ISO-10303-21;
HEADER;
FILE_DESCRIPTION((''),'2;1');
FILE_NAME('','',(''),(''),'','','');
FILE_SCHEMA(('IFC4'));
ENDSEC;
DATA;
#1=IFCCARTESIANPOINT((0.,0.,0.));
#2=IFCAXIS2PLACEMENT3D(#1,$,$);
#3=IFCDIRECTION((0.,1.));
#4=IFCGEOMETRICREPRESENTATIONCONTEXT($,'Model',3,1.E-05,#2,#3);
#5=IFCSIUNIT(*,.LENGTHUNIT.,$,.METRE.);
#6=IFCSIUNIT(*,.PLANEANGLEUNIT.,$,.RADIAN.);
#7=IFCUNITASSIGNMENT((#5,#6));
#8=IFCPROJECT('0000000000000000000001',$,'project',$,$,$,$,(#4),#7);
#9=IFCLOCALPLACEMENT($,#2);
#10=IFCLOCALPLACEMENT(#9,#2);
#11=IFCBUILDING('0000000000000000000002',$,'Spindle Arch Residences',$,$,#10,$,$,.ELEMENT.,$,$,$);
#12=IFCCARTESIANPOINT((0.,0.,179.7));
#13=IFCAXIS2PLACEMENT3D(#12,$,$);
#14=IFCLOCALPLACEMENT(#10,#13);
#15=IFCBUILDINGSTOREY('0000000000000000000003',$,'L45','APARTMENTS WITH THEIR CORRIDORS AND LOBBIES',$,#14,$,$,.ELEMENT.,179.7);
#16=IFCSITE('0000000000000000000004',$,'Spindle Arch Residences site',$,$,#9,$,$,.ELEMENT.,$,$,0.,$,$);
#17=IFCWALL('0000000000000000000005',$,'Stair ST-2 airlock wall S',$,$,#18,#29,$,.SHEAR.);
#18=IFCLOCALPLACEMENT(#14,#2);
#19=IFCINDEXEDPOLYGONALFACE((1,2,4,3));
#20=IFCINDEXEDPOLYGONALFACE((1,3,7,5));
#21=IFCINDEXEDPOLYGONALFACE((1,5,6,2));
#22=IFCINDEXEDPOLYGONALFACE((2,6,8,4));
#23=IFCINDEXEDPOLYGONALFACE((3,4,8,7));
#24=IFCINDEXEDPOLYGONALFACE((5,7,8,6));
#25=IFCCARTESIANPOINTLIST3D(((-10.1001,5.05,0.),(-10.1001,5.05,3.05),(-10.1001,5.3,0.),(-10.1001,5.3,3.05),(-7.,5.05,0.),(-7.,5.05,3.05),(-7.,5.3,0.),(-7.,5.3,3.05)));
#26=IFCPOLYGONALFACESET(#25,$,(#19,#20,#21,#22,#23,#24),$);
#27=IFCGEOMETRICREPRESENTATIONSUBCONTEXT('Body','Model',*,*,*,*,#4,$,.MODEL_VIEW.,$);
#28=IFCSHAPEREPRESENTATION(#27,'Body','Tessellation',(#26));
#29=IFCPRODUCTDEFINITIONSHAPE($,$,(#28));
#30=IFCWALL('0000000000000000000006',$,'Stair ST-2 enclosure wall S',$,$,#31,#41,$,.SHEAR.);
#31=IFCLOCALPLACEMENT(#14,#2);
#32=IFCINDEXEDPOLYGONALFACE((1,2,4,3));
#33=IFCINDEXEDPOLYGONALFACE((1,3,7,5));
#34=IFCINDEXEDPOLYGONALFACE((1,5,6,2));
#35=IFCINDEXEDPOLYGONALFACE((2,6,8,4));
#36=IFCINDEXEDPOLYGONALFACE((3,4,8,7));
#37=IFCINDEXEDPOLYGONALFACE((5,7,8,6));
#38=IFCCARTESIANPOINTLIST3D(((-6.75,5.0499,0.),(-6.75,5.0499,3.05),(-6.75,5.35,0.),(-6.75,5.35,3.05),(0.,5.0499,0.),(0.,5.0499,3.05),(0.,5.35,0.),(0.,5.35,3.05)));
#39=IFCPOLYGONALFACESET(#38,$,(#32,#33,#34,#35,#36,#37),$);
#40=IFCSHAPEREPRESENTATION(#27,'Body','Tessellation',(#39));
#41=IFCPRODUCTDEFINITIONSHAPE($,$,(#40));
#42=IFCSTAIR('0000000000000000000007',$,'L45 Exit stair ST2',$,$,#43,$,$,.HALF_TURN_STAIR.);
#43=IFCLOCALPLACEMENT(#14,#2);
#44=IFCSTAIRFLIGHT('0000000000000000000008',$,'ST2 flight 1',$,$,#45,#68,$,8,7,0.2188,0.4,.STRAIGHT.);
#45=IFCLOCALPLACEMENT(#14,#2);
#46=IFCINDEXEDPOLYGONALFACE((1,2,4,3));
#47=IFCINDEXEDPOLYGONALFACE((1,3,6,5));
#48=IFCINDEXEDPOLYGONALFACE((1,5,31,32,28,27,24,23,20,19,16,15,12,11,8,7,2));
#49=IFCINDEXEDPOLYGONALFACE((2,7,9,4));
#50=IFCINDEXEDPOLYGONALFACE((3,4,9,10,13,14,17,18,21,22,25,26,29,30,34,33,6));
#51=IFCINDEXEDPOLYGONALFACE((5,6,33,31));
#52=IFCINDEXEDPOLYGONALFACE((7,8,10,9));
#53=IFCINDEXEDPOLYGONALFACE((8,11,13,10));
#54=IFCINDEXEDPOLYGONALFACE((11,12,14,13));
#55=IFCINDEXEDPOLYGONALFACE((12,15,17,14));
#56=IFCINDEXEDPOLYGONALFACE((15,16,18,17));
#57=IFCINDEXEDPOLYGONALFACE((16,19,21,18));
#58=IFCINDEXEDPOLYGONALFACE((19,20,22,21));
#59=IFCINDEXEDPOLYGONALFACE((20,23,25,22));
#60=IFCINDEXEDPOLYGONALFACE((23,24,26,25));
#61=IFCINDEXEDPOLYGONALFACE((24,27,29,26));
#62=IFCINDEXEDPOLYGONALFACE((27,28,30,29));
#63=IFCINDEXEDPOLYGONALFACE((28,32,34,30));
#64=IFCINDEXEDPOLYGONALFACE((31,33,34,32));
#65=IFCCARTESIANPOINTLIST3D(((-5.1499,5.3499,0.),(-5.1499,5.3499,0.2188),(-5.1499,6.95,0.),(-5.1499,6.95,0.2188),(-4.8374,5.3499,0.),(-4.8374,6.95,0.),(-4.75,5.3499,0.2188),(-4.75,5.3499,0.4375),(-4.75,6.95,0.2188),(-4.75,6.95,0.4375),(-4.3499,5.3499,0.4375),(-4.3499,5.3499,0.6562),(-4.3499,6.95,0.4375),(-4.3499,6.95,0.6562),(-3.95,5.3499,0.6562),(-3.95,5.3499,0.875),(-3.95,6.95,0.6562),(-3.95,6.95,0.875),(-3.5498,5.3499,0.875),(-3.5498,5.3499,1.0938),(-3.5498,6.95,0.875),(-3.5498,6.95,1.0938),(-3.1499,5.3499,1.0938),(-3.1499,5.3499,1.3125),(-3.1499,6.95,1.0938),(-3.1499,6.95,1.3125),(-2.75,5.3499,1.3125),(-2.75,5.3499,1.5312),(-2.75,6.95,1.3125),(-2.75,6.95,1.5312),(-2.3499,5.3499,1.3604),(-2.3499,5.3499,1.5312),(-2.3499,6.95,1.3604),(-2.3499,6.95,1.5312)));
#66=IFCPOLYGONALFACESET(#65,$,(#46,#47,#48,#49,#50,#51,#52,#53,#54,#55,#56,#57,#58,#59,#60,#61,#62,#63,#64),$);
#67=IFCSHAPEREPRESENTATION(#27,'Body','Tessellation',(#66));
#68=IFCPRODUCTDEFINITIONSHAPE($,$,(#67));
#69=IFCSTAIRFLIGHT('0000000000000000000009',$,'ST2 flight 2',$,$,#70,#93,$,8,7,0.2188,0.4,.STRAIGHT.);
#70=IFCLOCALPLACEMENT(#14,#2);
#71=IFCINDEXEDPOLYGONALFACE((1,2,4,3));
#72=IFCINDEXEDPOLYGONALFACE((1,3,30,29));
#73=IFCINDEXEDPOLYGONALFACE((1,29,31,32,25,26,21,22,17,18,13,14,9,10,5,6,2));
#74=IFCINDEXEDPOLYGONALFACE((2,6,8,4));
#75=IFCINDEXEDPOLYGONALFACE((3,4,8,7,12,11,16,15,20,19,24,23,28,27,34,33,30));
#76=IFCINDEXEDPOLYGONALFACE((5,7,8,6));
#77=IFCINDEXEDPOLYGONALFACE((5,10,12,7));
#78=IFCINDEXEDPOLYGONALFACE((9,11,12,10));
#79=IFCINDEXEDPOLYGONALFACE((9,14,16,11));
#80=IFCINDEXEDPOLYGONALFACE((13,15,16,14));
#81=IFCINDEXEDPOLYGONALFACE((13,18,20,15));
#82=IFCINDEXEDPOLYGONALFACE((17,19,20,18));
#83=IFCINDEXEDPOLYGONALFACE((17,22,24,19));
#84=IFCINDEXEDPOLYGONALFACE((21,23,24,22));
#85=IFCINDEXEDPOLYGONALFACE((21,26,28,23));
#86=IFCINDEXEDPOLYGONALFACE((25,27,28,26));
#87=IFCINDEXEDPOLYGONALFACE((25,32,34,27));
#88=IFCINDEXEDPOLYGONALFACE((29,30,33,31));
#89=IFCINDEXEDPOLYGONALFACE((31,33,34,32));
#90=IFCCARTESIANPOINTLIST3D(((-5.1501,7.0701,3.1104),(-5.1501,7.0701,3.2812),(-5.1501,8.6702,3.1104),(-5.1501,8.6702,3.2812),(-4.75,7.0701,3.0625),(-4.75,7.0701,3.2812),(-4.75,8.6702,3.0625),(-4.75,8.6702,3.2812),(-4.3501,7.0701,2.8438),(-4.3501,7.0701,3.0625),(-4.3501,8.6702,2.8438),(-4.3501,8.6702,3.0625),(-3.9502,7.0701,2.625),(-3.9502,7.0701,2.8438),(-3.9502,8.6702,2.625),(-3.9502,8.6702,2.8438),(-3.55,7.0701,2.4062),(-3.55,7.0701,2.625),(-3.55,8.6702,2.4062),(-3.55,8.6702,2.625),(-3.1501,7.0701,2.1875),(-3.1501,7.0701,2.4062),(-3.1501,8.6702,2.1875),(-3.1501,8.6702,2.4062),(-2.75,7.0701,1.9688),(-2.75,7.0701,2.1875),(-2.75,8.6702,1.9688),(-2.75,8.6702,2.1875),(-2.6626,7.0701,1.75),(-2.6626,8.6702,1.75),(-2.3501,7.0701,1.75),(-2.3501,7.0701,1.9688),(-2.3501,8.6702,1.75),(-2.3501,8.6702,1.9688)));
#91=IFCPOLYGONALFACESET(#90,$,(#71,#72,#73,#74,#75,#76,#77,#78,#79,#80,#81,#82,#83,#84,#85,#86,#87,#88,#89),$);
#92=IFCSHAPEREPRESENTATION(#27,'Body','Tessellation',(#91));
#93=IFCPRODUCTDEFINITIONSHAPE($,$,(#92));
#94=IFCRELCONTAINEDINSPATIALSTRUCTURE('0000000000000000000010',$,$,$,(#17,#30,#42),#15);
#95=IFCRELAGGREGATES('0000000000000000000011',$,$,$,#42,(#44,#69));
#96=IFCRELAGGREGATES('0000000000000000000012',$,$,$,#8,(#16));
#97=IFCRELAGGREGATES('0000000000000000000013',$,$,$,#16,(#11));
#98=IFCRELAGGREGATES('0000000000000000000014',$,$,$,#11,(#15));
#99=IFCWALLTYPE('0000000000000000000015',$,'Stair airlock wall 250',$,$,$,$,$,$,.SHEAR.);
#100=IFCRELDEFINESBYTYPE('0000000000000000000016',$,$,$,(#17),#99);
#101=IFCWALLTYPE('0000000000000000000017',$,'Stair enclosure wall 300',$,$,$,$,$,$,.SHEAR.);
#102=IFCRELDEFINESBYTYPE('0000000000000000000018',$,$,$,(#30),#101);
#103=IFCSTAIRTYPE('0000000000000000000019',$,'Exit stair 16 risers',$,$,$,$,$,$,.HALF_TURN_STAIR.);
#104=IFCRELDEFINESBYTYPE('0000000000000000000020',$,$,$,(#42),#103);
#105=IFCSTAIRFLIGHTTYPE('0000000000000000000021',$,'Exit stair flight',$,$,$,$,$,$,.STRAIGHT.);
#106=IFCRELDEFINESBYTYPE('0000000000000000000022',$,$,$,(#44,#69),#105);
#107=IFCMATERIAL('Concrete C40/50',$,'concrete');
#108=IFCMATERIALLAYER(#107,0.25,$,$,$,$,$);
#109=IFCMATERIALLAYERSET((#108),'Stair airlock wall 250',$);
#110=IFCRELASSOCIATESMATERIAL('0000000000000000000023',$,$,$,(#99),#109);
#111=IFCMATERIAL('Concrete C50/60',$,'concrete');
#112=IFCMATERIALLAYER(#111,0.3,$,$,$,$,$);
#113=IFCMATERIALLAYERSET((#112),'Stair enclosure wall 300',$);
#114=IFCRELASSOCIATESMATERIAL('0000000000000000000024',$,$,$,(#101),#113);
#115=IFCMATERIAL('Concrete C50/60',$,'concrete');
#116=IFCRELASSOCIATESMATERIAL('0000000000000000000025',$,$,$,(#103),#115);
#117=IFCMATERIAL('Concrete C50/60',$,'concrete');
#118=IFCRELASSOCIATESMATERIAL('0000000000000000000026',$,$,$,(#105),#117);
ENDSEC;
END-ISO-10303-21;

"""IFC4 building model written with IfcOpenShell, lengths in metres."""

from ifc_helpers import new_model, si_unit, direction, frame, frame_2d, origin, place, context, subcontext, project, spatial, polyline, rectangle, outline, extrude, material, layer, layer_set, type_object, element, aggregate, save


model = new_model("IFC4")

# Units and contexts
model_context = context("Model", 3, precision=1e-05, world=origin(), true_north=direction((0.0, 1.0)))
body_context = subcontext(model_context, "Body", "Model", "MODEL_VIEW")
ifc_project = project(units=[si_unit("LENGTHUNIT", "METRE"), si_unit("PLANEANGLEUNIT", "RADIAN")], contexts=[model_context])

# Site, building, storey
site_placement = place(None, origin())
site = spatial("IfcSite", under=ifc_project, at=site_placement, Name="Spindle Arch Residences site", CompositionType="ELEMENT", RefElevation=0.0)
building_placement = place(site_placement, origin())
building = spatial("IfcBuilding", under=site, at=building_placement, Name="Spindle Arch Residences", CompositionType="ELEMENT")
storey_placement = place(building_placement, frame((0.0, 0.0, 179.7)))
storey = spatial("IfcBuildingStorey", under=building, at=storey_placement, Name="L45", Description="APARTMENTS WITH THEIR CORRIDORS AND LOBBIES", CompositionType="ELEMENT", Elevation=179.7)

# Walls
ifc_material_1 = material(Name="Concrete C40/50", Category="concrete")
ifc_layer_1 = layer(ifc_material_1, 0.25)
ifc_layer_set_1 = layer_set([ifc_layer_1], Name="Stair airlock wall 250")
wall_type_1 = type_object("IfcWallType", Name="Stair airlock wall 250", PredefinedType="SHEAR", material=ifc_layer_set_1)
wall_1_placement = place(storey_placement, frame((-7.0, 5.175, 0.0), z_axis=(0.0, 0.0, 1.0), x_axis=(-1.0, 0.0, 0.0)))
element("IfcWall", 1, at=wall_1_placement, inside=storey, type_object=wall_type_1, Name="Stair ST-2 airlock wall S", PredefinedType="SHEAR", context=body_context, shape_type="SweptSolid", body=[
    extrude(rectangle(XDim=3.1001, YDim=0.25, at=frame_2d((1.55, 0.0))), origin(), (0.0, 0.0, 1.0), 3.05),
])
ifc_material_2 = material(Name="Concrete C50/60", Category="concrete")
ifc_layer_2 = layer(ifc_material_2, 0.3)
ifc_layer_set_2 = layer_set([ifc_layer_2], Name="Stair enclosure wall 300")
wall_type_2 = type_object("IfcWallType", Name="Stair enclosure wall 300", PredefinedType="SHEAR", material=ifc_layer_set_2)
wall_2_placement = place(storey_placement, frame((-6.75, 5.2, 0.0), z_axis=(0.0, 0.0, 1.0), x_axis=(1.0, 0.0, 0.0)))
element("IfcWall", 2, at=wall_2_placement, inside=storey, type_object=wall_type_2, Name="Stair ST-2 enclosure wall S", PredefinedType="SHEAR", context=body_context, shape_type="SweptSolid", body=[
    extrude(rectangle(XDim=6.75, YDim=0.3, at=frame_2d((3.375, 0.0))), origin(), (0.0, 0.0, 1.0), 3.05),
])

# Stair, stair flights
ifc_material_3 = material(Name="Concrete C50/60", Category="concrete")
stair_type = type_object("IfcStairType", Name="Exit stair 16 risers", PredefinedType="HALF_TURN_STAIR", material=ifc_material_3)
stair_placement = place(storey_placement, origin())
stair = element("IfcStair", 3, at=stair_placement, inside=storey, type_object=stair_type, Name="L45 Exit stair ST2", PredefinedType="HALF_TURN_STAIR")
ifc_material_4 = material(Name="Concrete C50/60", Category="concrete")
stair_flight_type = type_object("IfcStairFlightType", Name="Exit stair flight", PredefinedType="STRAIGHT", material=ifc_material_4)
stair_flight_1_placement = place(storey_placement, frame((-5.1499, 6.1499, 0.0), z_axis=(0.0, 0.0, 1.0), x_axis=(1.0, 0.0, 0.0)))
stair_flight_1 = element("IfcStairFlight", 4, at=stair_flight_1_placement, type_object=stair_flight_type, Name="ST2 flight 1", NumberOfRisers=8, NumberOfTreads=7, PredefinedType="STRAIGHT", RiserHeight=0.2188, TreadLength=0.4, context=body_context, shape_type="SweptSolid", body=[
    extrude(outline(polyline([(0.0, 0.0), (0.0, 0.2188), (0.3999, 0.2188), (0.3999, 0.4375), (0.8, 0.4375), (0.8, 0.6562), (1.2, 0.6562), (1.2, 0.875), (1.6001, 0.875), (1.6001, 1.0938), (2.0, 1.0938), (2.0, 1.3125), (2.3999, 1.3125), (2.3999, 1.5312), (2.8, 1.5312), (2.8, 1.75), (2.8, 1.3604), (0.3125, 0.0), (0.0, 0.0)])), frame((0.0, 0.8, 0.0), z_axis=(0.0, -1.0, 0.0), x_axis=(1.0, 0.0, 0.0)), (0.0, 0.0, 1.0), 1.6001),
])
stair_flight_2_placement = place(storey_placement, frame((-2.3501, 7.8701, 1.75), z_axis=(0.0, 0.0, 1.0), x_axis=(-1.0, 0.0, 0.0)))
stair_flight_2 = element("IfcStairFlight", 5, at=stair_flight_2_placement, type_object=stair_flight_type, Name="ST2 flight 2", NumberOfRisers=8, NumberOfTreads=7, PredefinedType="STRAIGHT", RiserHeight=0.2188, TreadLength=0.4, context=body_context, shape_type="SweptSolid", body=[
    extrude(outline(polyline([(0.0, 0.0), (0.0, 0.2188), (0.3999, 0.2188), (0.3999, 0.4375), (0.8, 0.4375), (0.8, 0.6562), (1.2, 0.6562), (1.2, 0.875), (1.6001, 0.875), (1.6001, 1.0938), (2.0, 1.0938), (2.0, 1.3125), (2.3999, 1.3125), (2.3999, 1.5312), (2.8, 1.5312), (2.8, 1.75), (2.8, 1.3604), (0.3125, 0.0), (0.0, 0.0)])), frame((0.0, 0.8, 0.0), z_axis=(0.0, -1.0, 0.0), x_axis=(1.0, 0.0, 0.0)), (0.0, 0.0, 1.0), 1.6001),
])
aggregate(stair, [stair_flight_1, stair_flight_2])

save(model, "model.ifc")
